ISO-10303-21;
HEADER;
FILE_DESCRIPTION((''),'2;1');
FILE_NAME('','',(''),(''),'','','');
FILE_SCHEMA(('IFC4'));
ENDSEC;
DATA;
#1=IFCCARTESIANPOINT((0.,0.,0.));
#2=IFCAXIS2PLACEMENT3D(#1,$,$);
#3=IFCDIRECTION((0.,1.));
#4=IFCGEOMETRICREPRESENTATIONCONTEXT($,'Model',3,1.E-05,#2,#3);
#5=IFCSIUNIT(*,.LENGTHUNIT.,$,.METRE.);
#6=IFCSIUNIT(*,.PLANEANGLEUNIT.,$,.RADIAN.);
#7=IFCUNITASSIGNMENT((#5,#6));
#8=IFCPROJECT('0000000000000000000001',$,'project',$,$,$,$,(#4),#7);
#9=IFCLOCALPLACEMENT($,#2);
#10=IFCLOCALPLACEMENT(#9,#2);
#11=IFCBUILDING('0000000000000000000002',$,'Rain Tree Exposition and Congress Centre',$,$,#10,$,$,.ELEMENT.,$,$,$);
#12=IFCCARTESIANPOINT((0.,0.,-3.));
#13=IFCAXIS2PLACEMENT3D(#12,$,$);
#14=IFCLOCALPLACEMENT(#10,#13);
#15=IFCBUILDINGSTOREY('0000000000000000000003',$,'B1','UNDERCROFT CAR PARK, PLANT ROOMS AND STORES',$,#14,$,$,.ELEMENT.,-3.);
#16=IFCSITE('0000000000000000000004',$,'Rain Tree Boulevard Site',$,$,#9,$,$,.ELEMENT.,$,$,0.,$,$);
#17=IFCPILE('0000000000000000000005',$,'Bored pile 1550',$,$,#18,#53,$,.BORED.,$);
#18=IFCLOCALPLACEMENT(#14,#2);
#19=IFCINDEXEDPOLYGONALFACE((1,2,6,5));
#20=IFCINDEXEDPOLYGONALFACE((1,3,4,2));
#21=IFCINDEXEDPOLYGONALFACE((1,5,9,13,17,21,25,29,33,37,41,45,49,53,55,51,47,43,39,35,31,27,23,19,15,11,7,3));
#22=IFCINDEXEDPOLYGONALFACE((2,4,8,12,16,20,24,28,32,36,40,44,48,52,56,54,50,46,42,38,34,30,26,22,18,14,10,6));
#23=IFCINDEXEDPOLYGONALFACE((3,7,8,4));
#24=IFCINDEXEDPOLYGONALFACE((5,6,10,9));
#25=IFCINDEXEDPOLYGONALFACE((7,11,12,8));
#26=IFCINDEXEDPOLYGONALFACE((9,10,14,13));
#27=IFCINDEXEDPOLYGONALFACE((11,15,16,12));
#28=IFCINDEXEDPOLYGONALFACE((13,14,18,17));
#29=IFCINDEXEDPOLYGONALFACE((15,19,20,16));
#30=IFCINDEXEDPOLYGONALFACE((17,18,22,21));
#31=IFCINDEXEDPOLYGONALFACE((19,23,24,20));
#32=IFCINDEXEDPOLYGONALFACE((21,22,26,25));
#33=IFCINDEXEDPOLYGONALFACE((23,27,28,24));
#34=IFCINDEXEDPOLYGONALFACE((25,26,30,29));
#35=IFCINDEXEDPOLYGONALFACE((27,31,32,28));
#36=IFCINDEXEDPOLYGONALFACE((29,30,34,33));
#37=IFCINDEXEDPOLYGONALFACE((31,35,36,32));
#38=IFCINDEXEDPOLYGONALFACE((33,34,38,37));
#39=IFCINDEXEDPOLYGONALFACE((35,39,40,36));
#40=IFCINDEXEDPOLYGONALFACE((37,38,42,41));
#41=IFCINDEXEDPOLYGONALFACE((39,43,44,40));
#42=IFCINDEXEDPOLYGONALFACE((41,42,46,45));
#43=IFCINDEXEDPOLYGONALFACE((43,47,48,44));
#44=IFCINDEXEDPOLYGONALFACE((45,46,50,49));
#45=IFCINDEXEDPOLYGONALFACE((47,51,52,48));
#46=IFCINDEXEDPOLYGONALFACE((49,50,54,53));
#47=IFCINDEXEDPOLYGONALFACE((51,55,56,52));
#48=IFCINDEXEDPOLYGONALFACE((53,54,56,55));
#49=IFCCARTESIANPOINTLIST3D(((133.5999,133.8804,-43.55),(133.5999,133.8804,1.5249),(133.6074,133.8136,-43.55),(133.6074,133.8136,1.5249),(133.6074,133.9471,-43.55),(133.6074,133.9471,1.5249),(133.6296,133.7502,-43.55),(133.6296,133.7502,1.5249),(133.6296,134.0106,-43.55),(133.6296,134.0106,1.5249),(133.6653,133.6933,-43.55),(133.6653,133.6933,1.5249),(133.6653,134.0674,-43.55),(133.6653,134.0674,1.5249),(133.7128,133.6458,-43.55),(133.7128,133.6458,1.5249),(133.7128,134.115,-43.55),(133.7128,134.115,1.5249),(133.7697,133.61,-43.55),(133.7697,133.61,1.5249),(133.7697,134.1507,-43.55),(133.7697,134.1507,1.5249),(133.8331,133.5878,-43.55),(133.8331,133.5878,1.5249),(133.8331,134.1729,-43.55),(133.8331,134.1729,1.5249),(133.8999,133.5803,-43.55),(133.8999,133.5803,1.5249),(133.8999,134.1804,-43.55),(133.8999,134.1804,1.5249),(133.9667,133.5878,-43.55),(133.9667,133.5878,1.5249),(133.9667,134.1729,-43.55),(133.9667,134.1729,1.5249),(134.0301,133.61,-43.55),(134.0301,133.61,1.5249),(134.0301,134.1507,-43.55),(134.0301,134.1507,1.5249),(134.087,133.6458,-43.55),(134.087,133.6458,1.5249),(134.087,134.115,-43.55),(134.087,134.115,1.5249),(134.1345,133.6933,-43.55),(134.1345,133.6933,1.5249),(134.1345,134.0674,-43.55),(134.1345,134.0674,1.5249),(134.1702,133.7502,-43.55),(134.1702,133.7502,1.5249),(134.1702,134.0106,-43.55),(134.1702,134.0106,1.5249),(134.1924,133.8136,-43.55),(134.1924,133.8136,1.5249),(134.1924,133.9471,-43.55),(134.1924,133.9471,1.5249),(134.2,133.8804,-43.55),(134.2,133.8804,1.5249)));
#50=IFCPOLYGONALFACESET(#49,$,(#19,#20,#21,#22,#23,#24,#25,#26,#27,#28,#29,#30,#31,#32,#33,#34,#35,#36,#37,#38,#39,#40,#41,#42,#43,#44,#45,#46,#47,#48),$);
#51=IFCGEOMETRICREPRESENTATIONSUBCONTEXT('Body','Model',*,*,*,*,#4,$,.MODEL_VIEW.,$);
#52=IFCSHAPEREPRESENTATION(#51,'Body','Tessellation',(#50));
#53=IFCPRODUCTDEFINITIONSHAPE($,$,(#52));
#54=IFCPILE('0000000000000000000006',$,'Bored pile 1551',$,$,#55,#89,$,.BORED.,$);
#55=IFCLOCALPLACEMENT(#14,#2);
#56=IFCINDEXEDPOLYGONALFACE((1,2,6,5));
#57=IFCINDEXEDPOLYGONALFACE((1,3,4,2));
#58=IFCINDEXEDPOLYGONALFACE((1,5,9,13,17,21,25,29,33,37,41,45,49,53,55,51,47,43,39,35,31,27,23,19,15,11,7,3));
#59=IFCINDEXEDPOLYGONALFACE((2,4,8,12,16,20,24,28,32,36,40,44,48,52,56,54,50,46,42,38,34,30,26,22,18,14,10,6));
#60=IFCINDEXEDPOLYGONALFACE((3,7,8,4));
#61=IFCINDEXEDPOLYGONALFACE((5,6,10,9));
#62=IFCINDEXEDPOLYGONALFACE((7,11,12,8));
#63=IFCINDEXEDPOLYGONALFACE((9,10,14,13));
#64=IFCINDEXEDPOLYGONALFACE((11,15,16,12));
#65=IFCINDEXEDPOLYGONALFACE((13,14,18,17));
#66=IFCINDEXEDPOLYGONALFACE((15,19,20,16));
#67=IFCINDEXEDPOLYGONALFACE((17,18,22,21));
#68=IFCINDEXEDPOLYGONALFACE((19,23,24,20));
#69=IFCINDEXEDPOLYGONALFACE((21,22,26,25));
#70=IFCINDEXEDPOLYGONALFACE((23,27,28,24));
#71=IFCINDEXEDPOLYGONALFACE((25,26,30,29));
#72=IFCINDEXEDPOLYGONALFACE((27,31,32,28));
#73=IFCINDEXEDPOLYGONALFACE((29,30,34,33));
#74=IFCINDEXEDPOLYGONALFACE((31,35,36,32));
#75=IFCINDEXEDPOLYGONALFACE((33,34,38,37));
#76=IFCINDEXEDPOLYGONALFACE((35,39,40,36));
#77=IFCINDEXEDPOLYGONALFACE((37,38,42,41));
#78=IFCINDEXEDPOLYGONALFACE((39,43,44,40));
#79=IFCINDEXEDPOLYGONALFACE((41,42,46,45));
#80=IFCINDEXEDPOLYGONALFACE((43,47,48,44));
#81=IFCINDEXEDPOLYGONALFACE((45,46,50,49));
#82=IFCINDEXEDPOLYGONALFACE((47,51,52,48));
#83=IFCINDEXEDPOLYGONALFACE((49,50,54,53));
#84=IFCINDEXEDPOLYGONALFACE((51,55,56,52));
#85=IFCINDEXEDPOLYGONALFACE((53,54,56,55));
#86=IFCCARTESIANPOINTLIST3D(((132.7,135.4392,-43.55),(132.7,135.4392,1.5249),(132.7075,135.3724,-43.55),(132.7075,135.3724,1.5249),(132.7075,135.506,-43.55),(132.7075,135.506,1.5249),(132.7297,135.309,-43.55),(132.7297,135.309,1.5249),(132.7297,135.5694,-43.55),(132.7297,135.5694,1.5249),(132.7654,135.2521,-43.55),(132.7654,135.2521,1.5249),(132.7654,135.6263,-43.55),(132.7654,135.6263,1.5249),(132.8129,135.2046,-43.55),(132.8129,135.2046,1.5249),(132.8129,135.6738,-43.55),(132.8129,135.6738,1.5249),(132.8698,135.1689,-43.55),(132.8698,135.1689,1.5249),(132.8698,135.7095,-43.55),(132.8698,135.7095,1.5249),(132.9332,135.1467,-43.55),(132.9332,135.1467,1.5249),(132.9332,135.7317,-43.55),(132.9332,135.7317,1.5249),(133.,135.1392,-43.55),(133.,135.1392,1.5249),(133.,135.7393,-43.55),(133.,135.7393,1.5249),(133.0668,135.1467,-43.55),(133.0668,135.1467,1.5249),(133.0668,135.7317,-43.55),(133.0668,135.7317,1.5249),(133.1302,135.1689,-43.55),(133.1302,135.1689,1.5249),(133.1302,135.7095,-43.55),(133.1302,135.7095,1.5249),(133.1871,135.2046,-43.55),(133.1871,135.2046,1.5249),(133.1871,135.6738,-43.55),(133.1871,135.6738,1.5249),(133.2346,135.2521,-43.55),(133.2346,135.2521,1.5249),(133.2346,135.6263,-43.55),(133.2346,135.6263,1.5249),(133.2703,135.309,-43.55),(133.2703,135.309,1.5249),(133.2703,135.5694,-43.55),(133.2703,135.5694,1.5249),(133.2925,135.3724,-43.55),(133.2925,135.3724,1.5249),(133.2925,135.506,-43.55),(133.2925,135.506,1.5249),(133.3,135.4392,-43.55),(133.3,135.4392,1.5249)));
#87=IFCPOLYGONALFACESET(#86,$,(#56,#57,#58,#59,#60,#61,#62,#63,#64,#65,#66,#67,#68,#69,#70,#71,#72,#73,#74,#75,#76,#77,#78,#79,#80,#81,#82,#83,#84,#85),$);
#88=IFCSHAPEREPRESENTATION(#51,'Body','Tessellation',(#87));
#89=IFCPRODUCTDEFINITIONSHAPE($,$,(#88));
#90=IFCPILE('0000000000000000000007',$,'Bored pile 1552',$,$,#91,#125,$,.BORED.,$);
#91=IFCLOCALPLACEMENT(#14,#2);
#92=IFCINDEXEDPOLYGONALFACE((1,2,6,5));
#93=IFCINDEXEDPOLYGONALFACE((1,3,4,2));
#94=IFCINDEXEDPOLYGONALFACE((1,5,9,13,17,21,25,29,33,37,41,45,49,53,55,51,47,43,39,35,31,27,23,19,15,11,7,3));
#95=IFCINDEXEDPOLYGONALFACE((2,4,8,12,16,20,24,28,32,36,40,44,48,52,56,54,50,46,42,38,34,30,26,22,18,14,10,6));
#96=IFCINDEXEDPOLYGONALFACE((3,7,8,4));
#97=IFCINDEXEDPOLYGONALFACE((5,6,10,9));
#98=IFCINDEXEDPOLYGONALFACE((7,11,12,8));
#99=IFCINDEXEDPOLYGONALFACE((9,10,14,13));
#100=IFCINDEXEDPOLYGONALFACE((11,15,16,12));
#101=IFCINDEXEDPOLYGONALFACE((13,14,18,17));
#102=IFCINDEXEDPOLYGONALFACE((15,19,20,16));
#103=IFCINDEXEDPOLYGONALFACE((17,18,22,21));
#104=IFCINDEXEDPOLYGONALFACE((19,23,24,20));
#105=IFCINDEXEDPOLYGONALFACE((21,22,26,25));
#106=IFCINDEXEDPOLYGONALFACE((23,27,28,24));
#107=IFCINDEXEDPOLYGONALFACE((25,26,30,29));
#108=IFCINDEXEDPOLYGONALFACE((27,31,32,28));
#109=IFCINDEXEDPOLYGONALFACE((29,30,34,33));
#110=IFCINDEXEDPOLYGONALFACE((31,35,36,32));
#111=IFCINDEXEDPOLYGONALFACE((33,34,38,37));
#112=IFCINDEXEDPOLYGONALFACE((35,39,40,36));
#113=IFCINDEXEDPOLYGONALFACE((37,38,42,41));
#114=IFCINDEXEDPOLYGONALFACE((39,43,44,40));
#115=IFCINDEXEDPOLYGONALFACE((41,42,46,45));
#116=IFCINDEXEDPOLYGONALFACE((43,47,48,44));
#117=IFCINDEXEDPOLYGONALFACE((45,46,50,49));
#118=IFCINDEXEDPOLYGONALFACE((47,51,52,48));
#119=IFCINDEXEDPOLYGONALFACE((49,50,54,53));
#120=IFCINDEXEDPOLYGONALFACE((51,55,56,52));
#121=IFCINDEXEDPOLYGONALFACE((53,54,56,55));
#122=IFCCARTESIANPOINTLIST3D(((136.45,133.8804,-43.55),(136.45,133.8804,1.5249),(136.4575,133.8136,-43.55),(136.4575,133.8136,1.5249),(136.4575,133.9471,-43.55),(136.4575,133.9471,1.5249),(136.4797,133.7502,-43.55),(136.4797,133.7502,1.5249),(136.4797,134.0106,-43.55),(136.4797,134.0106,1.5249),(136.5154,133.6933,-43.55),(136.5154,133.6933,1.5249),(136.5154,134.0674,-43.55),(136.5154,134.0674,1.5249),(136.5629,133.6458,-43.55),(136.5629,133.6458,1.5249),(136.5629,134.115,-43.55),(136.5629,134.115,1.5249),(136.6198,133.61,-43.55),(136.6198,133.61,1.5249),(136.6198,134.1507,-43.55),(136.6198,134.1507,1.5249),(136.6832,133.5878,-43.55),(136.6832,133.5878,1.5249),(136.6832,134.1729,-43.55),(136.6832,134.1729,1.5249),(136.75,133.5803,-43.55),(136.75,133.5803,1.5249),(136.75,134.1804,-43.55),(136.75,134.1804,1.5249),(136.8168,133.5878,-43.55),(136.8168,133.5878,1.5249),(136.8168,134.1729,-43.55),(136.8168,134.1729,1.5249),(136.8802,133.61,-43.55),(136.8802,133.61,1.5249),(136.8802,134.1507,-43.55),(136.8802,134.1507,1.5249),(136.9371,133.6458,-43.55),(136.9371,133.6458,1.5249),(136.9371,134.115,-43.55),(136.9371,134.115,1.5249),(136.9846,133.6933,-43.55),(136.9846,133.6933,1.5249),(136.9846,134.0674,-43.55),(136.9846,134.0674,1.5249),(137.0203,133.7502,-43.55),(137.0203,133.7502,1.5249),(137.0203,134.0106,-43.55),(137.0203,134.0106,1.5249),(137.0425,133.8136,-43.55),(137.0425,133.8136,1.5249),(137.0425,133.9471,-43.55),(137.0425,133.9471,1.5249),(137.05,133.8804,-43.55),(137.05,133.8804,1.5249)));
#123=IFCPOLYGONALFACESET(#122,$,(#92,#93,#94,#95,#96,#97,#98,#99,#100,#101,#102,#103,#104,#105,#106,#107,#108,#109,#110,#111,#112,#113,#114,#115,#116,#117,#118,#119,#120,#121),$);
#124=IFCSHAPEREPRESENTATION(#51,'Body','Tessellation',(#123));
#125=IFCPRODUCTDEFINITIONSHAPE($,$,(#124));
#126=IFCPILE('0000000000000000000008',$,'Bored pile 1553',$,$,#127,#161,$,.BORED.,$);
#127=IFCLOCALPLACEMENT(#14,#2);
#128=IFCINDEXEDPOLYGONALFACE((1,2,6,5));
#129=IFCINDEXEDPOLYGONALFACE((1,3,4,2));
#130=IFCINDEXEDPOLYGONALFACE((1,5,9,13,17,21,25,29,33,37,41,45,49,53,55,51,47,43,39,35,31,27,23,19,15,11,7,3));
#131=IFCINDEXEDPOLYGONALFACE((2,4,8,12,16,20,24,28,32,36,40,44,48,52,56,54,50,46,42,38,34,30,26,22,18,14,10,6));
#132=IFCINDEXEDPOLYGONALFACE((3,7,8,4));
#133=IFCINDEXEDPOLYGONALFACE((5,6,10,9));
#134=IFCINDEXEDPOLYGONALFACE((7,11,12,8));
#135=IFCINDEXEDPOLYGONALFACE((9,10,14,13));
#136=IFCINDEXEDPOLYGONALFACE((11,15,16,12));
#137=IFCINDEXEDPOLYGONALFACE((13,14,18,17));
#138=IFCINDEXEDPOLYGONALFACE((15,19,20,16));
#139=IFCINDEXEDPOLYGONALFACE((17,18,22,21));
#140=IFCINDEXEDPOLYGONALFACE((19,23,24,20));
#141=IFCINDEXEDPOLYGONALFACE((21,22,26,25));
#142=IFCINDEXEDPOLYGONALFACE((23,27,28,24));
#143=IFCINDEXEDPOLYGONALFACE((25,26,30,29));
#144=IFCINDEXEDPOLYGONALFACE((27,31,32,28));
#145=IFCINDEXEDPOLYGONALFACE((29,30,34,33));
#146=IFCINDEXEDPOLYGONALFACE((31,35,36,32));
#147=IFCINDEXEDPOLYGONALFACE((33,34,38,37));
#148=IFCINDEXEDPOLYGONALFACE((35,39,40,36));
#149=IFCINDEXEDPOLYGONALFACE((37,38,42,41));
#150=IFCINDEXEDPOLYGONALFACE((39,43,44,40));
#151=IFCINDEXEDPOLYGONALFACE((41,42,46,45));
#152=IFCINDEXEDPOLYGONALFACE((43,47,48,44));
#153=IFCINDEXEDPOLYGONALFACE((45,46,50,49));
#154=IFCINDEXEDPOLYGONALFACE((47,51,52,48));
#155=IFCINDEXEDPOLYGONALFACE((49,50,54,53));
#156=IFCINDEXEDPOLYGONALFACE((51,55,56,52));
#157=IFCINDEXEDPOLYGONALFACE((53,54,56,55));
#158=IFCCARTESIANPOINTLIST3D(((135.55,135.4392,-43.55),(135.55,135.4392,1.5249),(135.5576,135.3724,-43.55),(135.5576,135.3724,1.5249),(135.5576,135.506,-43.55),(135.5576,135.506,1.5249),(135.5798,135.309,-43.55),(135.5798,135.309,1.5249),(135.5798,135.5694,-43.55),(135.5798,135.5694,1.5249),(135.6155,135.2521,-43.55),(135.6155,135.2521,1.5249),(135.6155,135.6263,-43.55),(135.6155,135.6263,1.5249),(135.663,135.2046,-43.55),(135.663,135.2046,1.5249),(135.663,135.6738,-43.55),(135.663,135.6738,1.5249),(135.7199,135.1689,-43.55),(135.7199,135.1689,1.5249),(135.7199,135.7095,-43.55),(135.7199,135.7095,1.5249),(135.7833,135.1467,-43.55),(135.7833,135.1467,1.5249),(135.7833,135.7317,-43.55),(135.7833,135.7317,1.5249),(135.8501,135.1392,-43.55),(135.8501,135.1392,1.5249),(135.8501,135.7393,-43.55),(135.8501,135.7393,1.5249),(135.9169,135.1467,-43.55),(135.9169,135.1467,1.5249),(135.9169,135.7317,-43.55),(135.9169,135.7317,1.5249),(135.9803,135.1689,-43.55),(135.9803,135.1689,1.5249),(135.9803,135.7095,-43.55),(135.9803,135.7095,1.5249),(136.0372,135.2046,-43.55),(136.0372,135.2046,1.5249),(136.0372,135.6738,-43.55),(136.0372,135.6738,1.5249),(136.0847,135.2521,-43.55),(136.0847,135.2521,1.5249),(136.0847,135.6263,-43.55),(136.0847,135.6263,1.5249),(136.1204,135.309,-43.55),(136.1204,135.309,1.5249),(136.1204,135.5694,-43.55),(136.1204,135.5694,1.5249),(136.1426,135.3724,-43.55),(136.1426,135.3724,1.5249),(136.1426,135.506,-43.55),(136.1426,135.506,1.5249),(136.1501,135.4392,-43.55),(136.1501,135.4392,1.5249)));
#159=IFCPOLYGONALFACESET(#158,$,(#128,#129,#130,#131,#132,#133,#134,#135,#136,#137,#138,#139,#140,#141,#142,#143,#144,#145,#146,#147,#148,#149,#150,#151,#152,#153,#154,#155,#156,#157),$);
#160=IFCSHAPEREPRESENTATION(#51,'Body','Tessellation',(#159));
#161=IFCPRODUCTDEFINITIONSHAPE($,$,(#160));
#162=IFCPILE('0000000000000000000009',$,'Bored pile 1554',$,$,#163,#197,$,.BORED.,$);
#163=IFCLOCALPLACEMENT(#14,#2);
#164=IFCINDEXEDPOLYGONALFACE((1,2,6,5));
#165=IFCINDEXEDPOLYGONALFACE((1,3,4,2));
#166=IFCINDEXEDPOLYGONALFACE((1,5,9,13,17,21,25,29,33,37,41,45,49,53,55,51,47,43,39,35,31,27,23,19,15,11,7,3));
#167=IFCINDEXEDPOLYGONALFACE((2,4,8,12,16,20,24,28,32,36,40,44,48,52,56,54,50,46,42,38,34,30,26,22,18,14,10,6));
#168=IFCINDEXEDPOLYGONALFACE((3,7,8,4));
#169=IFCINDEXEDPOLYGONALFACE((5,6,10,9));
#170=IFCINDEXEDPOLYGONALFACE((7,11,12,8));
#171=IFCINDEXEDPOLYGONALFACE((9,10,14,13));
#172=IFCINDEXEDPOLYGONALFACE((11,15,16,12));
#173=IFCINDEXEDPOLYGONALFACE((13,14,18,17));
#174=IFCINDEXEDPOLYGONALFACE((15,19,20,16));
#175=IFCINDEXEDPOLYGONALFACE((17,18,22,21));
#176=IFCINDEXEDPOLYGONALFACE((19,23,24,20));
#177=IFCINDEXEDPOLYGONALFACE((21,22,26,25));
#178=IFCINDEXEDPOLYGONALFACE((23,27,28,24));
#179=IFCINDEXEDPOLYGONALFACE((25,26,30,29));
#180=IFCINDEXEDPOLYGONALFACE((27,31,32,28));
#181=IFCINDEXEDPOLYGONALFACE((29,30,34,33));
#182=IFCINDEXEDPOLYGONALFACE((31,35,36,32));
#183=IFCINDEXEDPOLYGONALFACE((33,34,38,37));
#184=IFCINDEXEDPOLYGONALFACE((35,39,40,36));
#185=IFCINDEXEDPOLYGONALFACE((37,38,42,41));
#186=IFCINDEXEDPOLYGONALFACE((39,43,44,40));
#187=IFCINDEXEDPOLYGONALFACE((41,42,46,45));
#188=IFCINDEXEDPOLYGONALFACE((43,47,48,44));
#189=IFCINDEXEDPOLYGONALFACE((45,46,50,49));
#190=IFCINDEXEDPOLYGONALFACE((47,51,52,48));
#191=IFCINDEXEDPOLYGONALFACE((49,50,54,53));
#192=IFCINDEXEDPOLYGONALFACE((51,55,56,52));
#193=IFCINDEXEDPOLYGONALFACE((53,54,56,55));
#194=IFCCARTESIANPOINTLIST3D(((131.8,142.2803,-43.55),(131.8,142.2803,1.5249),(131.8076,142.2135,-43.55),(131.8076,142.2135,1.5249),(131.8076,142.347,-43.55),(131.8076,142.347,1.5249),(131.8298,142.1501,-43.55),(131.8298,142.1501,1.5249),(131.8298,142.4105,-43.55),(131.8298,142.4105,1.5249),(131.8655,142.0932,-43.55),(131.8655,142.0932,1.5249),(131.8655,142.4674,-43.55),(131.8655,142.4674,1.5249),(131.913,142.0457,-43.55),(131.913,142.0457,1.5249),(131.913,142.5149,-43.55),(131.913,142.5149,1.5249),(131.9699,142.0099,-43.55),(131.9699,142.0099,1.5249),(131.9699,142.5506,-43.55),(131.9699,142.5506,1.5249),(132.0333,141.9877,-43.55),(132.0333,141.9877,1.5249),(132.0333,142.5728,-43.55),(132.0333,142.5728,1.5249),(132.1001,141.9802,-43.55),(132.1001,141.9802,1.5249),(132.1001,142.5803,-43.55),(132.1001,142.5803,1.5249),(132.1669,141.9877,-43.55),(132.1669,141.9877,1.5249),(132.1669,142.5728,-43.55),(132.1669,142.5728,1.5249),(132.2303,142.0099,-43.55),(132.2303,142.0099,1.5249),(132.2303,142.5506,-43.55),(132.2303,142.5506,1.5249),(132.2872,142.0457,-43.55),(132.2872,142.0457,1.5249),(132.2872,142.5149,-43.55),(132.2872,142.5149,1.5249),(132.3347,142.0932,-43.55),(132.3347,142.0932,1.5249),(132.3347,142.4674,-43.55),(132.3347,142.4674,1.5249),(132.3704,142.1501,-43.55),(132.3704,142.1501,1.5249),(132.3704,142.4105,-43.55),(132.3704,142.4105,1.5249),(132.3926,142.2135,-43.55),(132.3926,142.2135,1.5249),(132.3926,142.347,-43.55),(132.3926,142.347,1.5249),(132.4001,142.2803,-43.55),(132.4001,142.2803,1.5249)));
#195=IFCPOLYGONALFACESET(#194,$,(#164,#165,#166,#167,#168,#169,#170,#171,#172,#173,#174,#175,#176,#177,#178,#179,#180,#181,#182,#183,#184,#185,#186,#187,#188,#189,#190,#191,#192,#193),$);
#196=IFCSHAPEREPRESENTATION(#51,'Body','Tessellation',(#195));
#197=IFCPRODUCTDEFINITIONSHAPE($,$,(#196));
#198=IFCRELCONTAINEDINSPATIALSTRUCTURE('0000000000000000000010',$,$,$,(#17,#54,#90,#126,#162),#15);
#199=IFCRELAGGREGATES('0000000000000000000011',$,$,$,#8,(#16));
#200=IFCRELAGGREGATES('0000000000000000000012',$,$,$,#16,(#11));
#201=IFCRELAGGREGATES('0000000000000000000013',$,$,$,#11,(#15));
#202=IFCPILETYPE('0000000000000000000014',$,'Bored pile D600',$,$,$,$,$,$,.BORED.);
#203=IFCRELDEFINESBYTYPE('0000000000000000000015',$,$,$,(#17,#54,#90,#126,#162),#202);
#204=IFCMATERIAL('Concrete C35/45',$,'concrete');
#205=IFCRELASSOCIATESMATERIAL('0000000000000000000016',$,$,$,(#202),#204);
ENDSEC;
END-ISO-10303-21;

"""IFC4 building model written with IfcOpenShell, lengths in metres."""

from ifc_helpers import new_model, si_unit, direction, frame, origin, origin_2d, place, context, subcontext, project, spatial, circle, extrude, material, material_profile, profile_set, type_object, element, save


model = new_model("IFC4")

# Units and contexts
model_context = context("Model", 3, precision=1e-05, world=origin(), true_north=direction((0.0, 1.0)))
body_context = subcontext(model_context, "Body", "Model", "MODEL_VIEW")
ifc_project = project(units=[si_unit("LENGTHUNIT", "METRE"), si_unit("PLANEANGLEUNIT", "RADIAN")], contexts=[model_context])

# Site, building, storey
site_placement = place(None, origin())
site = spatial("IfcSite", under=ifc_project, at=site_placement, Name="Rain Tree Boulevard Site", CompositionType="ELEMENT", RefElevation=0.0)
building_placement = place(site_placement, origin())
building = spatial("IfcBuilding", under=site, at=building_placement, Name="Rain Tree Exposition and Congress Centre", CompositionType="ELEMENT")
storey_placement = place(building_placement, frame((0.0, 0.0, -3.0)))
storey = spatial("IfcBuildingStorey", under=building, at=storey_placement, Name="B1", Description="UNDERCROFT CAR PARK, PLANT ROOMS AND STORES", CompositionType="ELEMENT", Elevation=-3.0)

# Piles
ifc_material_1 = material(Name="Concrete C35/45", Category="concrete")
ifc_material_profile_1 = material_profile(ifc_material_1, circle(Radius=0.3, at=origin_2d()), Name="D600")
ifc_profile_set_1 = profile_set([ifc_material_profile_1], Name="Concrete C35/45")
pile_type_1 = type_object("IfcPileType", Name="Bored pile D600", PredefinedType="BORED", material=ifc_profile_set_1)
for number, where, z_axis, x_axis, name in (
    (1, (133.8999, 133.8804, 1.5249), (0.0, 0.0, -1.0), (1.0, 0.0, 0.0), "Bored pile 1550"),
    (2, (133.0, 135.4392, 1.5249), (0.0, 0.0, -1.0), (1.0, 0.0, 0.0), "Bored pile 1551"),
    (3, (136.75, 133.8804, 1.5249), (0.0, 0.0, -1.0), (1.0, 0.0, 0.0), "Bored pile 1552"),
    (4, (135.8501, 135.4392, 1.5249), (0.0, 0.0, -1.0), (1.0, 0.0, 0.0), "Bored pile 1553"),
    (5, (132.1001, 142.2803, 1.5249), (0.0, 0.0, -1.0), (1.0, 0.0, 0.0), "Bored pile 1554"),
):
    element("IfcPile", number, at=place(storey_placement, frame(where, z_axis=z_axis, x_axis=x_axis)), inside=storey, type_object=pile_type_1, Name=name, PredefinedType="BORED", context=body_context, shape_type="SweptSolid", body=[
        extrude(circle(Radius=0.3, at=origin_2d()), origin(), (0.0, 0.0, 1.0), 45.075),
    ])

save(model, "model.ifc")
